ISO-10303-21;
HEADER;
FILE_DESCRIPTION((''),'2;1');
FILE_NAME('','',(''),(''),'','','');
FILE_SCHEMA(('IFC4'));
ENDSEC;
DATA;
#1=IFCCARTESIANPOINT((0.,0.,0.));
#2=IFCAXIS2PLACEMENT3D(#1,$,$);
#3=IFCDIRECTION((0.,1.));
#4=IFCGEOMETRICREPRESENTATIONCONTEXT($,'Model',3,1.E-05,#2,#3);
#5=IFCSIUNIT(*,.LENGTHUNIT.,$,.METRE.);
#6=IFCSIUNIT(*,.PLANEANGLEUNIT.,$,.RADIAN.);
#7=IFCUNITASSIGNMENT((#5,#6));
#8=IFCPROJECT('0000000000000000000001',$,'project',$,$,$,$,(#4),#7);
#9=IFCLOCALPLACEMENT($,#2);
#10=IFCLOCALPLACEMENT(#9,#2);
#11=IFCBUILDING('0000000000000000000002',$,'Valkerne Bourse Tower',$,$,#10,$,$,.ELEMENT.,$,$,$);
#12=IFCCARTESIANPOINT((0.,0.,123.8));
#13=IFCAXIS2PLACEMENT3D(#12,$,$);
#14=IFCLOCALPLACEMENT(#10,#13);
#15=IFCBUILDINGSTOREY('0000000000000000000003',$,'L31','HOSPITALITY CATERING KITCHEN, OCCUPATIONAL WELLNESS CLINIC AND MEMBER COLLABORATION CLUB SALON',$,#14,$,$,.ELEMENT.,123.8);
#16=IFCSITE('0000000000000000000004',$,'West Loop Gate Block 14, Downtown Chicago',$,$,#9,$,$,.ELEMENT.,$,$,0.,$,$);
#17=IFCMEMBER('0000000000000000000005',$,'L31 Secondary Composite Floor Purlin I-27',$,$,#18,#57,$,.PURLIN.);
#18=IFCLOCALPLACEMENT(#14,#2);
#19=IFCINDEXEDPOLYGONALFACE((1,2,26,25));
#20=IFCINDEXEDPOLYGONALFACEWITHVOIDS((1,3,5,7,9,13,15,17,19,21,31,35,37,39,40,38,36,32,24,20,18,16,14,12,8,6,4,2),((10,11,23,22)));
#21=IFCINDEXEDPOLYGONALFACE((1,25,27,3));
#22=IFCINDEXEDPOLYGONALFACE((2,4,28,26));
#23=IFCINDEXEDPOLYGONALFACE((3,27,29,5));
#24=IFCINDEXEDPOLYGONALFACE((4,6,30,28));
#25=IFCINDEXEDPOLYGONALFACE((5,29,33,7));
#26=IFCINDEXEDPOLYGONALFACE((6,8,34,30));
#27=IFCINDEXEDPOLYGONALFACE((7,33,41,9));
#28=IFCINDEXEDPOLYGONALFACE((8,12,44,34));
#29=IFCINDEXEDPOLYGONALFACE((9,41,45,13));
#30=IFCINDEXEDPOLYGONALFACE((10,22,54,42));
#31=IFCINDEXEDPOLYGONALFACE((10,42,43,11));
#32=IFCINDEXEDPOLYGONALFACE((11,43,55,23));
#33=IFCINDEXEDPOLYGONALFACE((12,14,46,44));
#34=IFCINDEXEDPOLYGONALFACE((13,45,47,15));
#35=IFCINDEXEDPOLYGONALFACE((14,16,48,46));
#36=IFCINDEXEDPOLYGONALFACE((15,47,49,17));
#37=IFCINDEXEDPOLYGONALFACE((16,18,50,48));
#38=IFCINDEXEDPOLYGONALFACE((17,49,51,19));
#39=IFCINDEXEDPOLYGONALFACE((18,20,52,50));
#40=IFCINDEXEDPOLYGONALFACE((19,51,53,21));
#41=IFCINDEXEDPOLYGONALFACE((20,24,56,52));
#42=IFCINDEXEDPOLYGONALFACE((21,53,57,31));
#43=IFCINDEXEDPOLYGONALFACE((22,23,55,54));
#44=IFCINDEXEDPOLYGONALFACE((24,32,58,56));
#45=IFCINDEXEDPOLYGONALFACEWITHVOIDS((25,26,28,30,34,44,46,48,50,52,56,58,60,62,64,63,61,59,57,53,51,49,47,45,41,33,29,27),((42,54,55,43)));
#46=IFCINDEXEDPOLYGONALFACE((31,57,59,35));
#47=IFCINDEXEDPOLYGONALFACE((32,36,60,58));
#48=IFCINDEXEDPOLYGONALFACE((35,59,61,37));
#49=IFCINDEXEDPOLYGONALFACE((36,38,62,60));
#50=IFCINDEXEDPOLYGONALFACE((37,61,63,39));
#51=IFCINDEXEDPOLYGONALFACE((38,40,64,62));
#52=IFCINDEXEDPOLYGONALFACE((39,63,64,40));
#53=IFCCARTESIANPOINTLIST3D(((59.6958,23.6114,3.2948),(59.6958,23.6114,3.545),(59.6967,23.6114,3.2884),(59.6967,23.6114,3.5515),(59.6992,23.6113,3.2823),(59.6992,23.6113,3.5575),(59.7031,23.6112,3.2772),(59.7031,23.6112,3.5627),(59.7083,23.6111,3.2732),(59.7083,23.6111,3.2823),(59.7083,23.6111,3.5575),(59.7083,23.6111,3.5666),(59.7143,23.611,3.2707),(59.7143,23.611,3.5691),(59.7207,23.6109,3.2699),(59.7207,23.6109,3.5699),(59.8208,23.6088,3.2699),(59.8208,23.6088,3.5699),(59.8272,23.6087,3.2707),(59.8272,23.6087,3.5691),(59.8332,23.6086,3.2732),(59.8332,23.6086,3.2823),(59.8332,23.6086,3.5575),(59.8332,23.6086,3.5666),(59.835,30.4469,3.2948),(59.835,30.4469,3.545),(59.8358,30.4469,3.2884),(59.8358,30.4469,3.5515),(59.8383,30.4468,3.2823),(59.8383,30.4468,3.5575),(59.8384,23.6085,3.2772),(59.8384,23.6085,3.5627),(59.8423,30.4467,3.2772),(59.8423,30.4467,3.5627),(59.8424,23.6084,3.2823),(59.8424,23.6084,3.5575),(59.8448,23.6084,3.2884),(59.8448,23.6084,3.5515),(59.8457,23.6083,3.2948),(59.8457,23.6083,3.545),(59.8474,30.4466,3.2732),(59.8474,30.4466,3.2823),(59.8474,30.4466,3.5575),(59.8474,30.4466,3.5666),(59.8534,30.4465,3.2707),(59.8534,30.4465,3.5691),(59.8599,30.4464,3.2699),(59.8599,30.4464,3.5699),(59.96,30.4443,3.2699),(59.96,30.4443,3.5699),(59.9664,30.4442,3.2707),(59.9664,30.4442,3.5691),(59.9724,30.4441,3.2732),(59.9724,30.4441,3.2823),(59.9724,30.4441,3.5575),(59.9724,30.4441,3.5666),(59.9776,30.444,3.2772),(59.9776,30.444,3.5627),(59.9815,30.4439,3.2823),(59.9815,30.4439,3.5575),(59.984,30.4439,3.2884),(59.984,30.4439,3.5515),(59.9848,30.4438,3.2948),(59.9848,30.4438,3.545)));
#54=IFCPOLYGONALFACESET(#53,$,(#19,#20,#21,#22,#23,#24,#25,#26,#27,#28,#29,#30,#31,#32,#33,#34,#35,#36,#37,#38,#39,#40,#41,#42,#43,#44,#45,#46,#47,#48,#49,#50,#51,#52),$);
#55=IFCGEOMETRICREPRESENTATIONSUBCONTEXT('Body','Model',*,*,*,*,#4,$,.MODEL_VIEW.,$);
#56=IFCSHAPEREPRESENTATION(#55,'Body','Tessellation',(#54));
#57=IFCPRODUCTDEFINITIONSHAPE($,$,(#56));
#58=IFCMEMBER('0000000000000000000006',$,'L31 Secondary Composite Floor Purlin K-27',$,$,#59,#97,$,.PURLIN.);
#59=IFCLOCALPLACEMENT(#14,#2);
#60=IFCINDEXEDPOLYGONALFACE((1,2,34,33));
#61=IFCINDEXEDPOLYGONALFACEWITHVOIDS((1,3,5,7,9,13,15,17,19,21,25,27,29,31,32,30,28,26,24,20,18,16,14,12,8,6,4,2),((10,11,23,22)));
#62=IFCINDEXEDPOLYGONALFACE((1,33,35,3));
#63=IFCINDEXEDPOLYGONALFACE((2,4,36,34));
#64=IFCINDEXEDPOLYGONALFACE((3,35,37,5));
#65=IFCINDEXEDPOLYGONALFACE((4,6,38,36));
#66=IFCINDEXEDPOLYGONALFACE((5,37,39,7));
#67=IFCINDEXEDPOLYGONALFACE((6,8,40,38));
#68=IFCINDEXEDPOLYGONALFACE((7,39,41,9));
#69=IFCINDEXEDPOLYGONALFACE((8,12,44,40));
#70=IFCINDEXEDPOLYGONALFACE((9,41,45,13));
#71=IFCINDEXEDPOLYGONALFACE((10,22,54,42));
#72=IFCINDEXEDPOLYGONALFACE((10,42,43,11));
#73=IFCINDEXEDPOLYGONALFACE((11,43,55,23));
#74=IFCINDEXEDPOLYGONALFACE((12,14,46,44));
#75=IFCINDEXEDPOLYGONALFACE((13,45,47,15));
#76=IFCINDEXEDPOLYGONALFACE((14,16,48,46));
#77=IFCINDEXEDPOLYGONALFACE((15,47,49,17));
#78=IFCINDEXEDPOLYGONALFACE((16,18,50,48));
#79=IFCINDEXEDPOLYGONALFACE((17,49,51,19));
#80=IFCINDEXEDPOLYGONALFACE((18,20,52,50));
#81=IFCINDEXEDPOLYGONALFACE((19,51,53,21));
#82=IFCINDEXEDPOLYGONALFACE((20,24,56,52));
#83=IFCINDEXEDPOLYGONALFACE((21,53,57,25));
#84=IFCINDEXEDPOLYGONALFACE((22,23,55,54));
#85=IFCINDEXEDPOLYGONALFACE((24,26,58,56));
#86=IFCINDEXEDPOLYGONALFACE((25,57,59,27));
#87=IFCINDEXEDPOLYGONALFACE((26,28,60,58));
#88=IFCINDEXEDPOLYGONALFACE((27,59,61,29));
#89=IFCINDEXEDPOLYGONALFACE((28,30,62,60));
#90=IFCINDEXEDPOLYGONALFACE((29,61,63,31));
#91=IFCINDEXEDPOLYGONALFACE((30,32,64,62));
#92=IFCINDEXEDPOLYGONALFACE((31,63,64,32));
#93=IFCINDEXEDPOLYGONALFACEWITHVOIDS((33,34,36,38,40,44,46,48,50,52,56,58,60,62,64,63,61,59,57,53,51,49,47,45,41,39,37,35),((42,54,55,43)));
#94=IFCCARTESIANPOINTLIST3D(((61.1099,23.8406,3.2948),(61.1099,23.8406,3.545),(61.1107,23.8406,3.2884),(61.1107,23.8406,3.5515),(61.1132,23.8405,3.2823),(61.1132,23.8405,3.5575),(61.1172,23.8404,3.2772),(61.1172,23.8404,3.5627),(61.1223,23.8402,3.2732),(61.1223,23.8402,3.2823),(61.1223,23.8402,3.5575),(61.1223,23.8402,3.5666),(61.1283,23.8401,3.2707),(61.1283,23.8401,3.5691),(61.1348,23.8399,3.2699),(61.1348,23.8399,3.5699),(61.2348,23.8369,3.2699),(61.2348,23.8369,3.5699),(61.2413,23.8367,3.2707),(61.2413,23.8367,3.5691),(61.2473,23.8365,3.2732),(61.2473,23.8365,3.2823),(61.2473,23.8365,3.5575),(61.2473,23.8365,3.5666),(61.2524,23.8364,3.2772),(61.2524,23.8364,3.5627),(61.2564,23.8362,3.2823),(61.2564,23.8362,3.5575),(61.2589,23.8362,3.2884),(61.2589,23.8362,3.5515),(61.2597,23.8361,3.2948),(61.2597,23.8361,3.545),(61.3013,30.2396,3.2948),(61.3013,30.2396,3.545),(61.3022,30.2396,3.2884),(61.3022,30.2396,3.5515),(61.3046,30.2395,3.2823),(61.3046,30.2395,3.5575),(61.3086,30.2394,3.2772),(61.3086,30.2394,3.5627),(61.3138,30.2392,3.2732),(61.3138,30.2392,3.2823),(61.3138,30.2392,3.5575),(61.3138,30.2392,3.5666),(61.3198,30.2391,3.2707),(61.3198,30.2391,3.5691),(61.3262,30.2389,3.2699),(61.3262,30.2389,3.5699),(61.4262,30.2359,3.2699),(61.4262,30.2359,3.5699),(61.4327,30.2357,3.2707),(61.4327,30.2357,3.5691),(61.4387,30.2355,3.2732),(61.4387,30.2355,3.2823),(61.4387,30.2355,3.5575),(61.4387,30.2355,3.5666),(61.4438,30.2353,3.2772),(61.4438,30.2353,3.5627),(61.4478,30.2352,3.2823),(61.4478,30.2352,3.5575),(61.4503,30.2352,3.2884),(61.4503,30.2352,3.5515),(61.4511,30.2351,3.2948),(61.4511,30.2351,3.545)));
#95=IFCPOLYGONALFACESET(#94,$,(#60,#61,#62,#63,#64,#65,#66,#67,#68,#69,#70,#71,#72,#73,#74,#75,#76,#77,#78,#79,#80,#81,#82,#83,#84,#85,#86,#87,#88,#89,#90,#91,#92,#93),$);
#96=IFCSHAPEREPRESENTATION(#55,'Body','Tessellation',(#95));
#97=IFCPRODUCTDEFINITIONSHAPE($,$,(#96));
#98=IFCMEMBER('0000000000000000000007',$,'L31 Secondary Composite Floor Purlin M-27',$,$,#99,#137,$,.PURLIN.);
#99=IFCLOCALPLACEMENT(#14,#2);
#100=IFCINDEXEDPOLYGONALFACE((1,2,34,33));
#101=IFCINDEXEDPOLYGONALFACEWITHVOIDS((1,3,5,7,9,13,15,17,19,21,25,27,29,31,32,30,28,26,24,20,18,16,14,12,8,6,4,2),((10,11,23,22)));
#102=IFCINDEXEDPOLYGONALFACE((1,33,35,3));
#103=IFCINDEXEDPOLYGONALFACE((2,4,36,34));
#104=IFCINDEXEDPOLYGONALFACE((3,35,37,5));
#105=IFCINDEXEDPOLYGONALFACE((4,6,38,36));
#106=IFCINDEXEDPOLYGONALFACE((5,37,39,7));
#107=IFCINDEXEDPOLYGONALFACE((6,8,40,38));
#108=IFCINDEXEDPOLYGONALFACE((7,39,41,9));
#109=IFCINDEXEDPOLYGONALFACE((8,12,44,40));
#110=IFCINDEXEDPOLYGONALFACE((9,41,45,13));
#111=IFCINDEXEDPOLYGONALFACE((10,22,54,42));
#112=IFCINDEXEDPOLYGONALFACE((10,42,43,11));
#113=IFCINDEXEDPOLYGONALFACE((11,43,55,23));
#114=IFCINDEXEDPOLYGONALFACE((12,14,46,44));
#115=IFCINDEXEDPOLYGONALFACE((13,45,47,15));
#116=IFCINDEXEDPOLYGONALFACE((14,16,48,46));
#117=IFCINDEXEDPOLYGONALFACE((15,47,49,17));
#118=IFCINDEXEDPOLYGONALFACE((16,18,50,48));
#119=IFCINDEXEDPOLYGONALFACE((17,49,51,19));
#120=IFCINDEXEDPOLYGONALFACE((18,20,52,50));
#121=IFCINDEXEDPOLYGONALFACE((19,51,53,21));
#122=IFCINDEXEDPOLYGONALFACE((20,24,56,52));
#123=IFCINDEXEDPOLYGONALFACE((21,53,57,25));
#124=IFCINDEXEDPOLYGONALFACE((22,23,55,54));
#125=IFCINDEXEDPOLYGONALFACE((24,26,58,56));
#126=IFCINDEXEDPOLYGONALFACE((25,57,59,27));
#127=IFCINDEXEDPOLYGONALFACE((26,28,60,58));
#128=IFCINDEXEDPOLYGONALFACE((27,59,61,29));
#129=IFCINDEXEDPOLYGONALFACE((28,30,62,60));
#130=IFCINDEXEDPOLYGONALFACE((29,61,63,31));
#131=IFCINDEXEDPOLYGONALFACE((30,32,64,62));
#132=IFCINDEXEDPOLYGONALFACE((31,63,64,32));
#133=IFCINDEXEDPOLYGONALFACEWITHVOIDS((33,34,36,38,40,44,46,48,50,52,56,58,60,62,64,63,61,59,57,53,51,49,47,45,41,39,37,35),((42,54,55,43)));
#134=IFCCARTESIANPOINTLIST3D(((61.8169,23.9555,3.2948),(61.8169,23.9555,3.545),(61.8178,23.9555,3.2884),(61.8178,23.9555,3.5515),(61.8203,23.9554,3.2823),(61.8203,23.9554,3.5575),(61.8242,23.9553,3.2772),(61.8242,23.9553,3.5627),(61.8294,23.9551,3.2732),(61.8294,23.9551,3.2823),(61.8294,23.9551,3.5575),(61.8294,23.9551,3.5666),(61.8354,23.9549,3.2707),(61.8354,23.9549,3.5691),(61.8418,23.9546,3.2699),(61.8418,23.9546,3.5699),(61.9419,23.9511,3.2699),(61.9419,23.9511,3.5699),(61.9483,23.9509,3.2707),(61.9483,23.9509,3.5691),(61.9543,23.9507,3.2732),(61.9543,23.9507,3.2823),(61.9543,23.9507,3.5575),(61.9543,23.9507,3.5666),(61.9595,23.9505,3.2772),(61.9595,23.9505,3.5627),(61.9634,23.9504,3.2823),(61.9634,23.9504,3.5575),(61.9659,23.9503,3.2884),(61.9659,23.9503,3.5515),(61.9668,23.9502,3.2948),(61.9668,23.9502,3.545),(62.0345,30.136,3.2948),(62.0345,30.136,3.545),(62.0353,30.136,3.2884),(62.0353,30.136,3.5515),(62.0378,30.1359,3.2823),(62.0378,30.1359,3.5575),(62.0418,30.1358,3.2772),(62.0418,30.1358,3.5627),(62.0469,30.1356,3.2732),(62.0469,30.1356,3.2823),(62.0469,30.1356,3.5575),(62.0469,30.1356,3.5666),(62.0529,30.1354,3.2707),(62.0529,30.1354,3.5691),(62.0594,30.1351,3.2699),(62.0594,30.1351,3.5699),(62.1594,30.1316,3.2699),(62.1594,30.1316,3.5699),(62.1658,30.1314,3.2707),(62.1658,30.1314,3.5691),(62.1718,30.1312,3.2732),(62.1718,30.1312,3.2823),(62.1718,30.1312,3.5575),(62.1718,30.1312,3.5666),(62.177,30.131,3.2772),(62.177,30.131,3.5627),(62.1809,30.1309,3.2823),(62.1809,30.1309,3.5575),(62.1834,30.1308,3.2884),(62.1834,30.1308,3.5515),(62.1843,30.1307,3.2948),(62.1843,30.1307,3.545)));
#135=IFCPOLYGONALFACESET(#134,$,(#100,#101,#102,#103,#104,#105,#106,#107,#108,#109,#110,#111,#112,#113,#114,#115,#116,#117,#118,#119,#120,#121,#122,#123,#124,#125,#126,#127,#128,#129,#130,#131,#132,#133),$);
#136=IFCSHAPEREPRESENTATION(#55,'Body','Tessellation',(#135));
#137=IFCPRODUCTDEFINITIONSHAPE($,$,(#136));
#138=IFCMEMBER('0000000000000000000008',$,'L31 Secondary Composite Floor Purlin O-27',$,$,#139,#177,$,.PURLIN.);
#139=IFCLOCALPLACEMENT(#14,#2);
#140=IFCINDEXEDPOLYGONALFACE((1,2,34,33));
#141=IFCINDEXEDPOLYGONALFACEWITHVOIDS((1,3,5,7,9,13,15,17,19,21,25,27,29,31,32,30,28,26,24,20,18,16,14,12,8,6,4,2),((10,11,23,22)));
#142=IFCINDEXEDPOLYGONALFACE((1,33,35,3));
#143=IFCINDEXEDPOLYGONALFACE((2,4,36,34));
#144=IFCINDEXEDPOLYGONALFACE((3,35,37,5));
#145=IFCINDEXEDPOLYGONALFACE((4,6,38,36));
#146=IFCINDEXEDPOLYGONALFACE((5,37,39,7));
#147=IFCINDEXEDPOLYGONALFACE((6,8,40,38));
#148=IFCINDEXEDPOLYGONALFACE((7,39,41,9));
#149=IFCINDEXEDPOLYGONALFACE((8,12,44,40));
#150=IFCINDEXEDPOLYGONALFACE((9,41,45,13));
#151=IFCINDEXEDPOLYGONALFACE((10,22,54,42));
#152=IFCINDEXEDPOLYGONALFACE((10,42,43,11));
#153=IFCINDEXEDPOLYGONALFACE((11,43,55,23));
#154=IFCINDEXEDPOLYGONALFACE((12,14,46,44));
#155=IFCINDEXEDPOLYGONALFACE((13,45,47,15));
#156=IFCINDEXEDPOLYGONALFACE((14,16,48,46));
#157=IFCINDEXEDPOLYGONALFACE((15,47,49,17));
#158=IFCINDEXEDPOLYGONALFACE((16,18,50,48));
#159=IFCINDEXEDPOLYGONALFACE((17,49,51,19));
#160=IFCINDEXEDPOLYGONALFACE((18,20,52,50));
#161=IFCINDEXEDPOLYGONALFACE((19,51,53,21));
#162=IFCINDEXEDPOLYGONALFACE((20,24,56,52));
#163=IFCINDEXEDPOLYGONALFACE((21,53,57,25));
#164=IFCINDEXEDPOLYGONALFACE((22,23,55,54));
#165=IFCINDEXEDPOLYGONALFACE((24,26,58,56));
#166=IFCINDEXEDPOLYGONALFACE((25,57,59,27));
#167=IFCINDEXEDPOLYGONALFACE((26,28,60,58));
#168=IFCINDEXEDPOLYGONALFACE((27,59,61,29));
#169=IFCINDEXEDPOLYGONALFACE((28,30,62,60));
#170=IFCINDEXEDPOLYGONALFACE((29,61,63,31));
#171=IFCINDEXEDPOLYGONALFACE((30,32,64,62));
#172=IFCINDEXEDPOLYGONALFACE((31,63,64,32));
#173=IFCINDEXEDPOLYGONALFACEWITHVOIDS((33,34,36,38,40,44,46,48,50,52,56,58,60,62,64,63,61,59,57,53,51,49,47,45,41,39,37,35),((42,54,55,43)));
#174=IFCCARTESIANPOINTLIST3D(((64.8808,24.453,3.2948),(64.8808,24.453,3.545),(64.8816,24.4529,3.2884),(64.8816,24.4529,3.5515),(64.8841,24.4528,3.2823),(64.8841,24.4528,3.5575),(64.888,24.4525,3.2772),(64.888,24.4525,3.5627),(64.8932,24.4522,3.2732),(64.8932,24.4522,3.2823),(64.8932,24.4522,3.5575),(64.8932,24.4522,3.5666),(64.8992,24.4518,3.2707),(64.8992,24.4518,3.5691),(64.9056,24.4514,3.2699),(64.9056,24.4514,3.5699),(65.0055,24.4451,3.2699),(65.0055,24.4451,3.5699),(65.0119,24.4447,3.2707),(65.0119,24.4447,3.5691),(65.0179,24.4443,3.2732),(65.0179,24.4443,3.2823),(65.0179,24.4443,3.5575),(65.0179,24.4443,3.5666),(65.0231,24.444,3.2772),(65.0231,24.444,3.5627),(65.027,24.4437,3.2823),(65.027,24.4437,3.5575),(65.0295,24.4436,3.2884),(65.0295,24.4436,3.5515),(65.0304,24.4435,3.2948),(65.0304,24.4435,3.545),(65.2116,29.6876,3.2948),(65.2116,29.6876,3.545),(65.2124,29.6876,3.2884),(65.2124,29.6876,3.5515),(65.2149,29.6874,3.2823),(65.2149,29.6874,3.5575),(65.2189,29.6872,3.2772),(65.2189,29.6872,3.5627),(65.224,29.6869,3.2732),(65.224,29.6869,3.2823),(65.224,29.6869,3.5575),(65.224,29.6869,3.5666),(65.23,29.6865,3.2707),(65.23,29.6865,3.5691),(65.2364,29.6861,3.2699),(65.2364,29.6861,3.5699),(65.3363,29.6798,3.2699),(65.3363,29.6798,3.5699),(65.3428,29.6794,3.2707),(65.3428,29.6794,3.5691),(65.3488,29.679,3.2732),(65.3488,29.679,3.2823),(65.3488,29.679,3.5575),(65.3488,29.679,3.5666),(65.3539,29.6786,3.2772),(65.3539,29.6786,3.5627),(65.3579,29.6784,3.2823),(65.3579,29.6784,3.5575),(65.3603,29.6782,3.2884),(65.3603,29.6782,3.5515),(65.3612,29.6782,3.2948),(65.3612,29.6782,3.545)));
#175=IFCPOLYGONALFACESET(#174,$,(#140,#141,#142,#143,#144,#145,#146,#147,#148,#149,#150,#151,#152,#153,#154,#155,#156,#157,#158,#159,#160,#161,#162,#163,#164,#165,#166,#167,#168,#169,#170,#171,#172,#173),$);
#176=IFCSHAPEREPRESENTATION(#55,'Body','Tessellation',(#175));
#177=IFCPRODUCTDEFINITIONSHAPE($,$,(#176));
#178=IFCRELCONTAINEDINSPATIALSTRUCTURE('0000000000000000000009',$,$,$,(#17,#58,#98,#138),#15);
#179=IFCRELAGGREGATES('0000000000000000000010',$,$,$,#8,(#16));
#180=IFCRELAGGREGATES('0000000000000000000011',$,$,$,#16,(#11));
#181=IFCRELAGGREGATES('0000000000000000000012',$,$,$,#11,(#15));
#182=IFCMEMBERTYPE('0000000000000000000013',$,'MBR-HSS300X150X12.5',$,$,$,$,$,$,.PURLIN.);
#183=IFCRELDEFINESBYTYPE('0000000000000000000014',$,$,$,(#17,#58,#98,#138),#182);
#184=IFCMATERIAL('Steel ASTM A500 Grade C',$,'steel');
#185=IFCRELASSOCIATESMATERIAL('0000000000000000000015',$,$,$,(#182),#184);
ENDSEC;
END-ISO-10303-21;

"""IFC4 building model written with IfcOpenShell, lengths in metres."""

from ifc_helpers import new_model, si_unit, direction, frame, origin, origin_2d, place, context, subcontext, project, spatial, hollow_rectangle, extrude, material, material_profile, profile_set, type_object, element, save


model = new_model("IFC4")

# Units and contexts
model_context = context("Model", 3, precision=1e-05, world=origin(), true_north=direction((0.0, 1.0)))
body_context = subcontext(model_context, "Body", "Model", "MODEL_VIEW")
ifc_project = project(units=[si_unit("LENGTHUNIT", "METRE"), si_unit("PLANEANGLEUNIT", "RADIAN")], contexts=[model_context])

# Site, building, storey
site_placement = place(None, origin())
site = spatial("IfcSite", under=ifc_project, at=site_placement, Name="West Loop Gate Block 14, Downtown Chicago", CompositionType="ELEMENT", RefElevation=0.0)
building_placement = place(site_placement, origin())
building = spatial("IfcBuilding", under=site, at=building_placement, Name="Valkerne Bourse Tower", CompositionType="ELEMENT")
storey_placement = place(building_placement, frame((0.0, 0.0, 123.8)))
storey = spatial("IfcBuildingStorey", under=building, at=storey_placement, Name="L31", Description="HOSPITALITY CATERING KITCHEN, OCCUPATIONAL WELLNESS CLINIC AND MEMBER COLLABORATION CLUB SALON", CompositionType="ELEMENT", Elevation=123.8)

# Members
ifc_material_1 = material(Name="Steel ASTM A500 Grade C", Category="steel")
ifc_material_profile_1 = material_profile(ifc_material_1, hollow_rectangle(XDim=0.1499, YDim=0.3, WallThickness=0.0125, OuterFilletRadius=0.0249, at=origin_2d()), Name="HSS300X150X12.5")
ifc_profile_set_1 = profile_set([ifc_material_profile_1], Name="Steel ASTM A500 Grade C")
member_type_1 = type_object("IfcMemberType", Name="MBR-HSS300X150X12.5", PredefinedType="PURLIN", material=ifc_profile_set_1)
member_1_placement = place(storey_placement, frame((59.7708, 23.6099, 3.4199), z_axis=(0.020354, 0.999793, 0.0), x_axis=(-0.999793, 0.020354, 0.0)))
element("IfcMember", 1, at=member_1_placement, inside=storey, type_object=member_type_1, Name="L31 Secondary Composite Floor Purlin I-27", PredefinedType="PURLIN", context=body_context, shape_type="SweptSolid", body=[
    extrude(hollow_rectangle(XDim=0.1499, YDim=0.3, WallThickness=0.0125, OuterFilletRadius=0.0249, at=origin_2d()), origin(), (0.0, 0.0, 1.0), 6.8369),
])
member_2_placement = place(storey_placement, frame((61.1848, 23.8384, 3.4199), z_axis=(0.029899, 0.999553, 0.0), x_axis=(-0.999553, 0.029899, 0.0)))
element("IfcMember", 2, at=member_2_placement, inside=storey, type_object=member_type_1, Name="L31 Secondary Composite Floor Purlin K-27", PredefinedType="PURLIN", context=body_context, shape_type="SweptSolid", body=[
    extrude(hollow_rectangle(XDim=0.1499, YDim=0.3, WallThickness=0.0125, OuterFilletRadius=0.0249, at=origin_2d()), origin(), (0.0, 0.0, 1.0), 6.4019),
])
member_3_placement = place(storey_placement, frame((61.8918, 23.9529, 3.4199), z_axis=(0.035175, 0.999381, 0.0), x_axis=(-0.999381, 0.035175, 0.0)))
element("IfcMember", 3, at=member_3_placement, inside=storey, type_object=member_type_1, Name="L31 Secondary Composite Floor Purlin M-27", PredefinedType="PURLIN", context=body_context, shape_type="SweptSolid", body=[
    extrude(hollow_rectangle(XDim=0.1499, YDim=0.3, WallThickness=0.0125, OuterFilletRadius=0.0249, at=origin_2d()), origin(), (0.0, 0.0, 1.0), 6.1843),
])
member_4_placement = place(storey_placement, frame((64.9556, 24.4482, 3.4199), z_axis=(0.063071, 0.998009, 0.0), x_axis=(-0.998009, 0.063071, 0.0)))
element("IfcMember", 4, at=member_4_placement, inside=storey, type_object=member_type_1, Name="L31 Secondary Composite Floor Purlin O-27", PredefinedType="PURLIN", context=body_context, shape_type="SweptSolid", body=[
    extrude(hollow_rectangle(XDim=0.1499, YDim=0.3, WallThickness=0.0125, OuterFilletRadius=0.0249, at=origin_2d()), origin(), (0.0, 0.0, 1.0), 5.2451),
])

save(model, "model.ifc")
